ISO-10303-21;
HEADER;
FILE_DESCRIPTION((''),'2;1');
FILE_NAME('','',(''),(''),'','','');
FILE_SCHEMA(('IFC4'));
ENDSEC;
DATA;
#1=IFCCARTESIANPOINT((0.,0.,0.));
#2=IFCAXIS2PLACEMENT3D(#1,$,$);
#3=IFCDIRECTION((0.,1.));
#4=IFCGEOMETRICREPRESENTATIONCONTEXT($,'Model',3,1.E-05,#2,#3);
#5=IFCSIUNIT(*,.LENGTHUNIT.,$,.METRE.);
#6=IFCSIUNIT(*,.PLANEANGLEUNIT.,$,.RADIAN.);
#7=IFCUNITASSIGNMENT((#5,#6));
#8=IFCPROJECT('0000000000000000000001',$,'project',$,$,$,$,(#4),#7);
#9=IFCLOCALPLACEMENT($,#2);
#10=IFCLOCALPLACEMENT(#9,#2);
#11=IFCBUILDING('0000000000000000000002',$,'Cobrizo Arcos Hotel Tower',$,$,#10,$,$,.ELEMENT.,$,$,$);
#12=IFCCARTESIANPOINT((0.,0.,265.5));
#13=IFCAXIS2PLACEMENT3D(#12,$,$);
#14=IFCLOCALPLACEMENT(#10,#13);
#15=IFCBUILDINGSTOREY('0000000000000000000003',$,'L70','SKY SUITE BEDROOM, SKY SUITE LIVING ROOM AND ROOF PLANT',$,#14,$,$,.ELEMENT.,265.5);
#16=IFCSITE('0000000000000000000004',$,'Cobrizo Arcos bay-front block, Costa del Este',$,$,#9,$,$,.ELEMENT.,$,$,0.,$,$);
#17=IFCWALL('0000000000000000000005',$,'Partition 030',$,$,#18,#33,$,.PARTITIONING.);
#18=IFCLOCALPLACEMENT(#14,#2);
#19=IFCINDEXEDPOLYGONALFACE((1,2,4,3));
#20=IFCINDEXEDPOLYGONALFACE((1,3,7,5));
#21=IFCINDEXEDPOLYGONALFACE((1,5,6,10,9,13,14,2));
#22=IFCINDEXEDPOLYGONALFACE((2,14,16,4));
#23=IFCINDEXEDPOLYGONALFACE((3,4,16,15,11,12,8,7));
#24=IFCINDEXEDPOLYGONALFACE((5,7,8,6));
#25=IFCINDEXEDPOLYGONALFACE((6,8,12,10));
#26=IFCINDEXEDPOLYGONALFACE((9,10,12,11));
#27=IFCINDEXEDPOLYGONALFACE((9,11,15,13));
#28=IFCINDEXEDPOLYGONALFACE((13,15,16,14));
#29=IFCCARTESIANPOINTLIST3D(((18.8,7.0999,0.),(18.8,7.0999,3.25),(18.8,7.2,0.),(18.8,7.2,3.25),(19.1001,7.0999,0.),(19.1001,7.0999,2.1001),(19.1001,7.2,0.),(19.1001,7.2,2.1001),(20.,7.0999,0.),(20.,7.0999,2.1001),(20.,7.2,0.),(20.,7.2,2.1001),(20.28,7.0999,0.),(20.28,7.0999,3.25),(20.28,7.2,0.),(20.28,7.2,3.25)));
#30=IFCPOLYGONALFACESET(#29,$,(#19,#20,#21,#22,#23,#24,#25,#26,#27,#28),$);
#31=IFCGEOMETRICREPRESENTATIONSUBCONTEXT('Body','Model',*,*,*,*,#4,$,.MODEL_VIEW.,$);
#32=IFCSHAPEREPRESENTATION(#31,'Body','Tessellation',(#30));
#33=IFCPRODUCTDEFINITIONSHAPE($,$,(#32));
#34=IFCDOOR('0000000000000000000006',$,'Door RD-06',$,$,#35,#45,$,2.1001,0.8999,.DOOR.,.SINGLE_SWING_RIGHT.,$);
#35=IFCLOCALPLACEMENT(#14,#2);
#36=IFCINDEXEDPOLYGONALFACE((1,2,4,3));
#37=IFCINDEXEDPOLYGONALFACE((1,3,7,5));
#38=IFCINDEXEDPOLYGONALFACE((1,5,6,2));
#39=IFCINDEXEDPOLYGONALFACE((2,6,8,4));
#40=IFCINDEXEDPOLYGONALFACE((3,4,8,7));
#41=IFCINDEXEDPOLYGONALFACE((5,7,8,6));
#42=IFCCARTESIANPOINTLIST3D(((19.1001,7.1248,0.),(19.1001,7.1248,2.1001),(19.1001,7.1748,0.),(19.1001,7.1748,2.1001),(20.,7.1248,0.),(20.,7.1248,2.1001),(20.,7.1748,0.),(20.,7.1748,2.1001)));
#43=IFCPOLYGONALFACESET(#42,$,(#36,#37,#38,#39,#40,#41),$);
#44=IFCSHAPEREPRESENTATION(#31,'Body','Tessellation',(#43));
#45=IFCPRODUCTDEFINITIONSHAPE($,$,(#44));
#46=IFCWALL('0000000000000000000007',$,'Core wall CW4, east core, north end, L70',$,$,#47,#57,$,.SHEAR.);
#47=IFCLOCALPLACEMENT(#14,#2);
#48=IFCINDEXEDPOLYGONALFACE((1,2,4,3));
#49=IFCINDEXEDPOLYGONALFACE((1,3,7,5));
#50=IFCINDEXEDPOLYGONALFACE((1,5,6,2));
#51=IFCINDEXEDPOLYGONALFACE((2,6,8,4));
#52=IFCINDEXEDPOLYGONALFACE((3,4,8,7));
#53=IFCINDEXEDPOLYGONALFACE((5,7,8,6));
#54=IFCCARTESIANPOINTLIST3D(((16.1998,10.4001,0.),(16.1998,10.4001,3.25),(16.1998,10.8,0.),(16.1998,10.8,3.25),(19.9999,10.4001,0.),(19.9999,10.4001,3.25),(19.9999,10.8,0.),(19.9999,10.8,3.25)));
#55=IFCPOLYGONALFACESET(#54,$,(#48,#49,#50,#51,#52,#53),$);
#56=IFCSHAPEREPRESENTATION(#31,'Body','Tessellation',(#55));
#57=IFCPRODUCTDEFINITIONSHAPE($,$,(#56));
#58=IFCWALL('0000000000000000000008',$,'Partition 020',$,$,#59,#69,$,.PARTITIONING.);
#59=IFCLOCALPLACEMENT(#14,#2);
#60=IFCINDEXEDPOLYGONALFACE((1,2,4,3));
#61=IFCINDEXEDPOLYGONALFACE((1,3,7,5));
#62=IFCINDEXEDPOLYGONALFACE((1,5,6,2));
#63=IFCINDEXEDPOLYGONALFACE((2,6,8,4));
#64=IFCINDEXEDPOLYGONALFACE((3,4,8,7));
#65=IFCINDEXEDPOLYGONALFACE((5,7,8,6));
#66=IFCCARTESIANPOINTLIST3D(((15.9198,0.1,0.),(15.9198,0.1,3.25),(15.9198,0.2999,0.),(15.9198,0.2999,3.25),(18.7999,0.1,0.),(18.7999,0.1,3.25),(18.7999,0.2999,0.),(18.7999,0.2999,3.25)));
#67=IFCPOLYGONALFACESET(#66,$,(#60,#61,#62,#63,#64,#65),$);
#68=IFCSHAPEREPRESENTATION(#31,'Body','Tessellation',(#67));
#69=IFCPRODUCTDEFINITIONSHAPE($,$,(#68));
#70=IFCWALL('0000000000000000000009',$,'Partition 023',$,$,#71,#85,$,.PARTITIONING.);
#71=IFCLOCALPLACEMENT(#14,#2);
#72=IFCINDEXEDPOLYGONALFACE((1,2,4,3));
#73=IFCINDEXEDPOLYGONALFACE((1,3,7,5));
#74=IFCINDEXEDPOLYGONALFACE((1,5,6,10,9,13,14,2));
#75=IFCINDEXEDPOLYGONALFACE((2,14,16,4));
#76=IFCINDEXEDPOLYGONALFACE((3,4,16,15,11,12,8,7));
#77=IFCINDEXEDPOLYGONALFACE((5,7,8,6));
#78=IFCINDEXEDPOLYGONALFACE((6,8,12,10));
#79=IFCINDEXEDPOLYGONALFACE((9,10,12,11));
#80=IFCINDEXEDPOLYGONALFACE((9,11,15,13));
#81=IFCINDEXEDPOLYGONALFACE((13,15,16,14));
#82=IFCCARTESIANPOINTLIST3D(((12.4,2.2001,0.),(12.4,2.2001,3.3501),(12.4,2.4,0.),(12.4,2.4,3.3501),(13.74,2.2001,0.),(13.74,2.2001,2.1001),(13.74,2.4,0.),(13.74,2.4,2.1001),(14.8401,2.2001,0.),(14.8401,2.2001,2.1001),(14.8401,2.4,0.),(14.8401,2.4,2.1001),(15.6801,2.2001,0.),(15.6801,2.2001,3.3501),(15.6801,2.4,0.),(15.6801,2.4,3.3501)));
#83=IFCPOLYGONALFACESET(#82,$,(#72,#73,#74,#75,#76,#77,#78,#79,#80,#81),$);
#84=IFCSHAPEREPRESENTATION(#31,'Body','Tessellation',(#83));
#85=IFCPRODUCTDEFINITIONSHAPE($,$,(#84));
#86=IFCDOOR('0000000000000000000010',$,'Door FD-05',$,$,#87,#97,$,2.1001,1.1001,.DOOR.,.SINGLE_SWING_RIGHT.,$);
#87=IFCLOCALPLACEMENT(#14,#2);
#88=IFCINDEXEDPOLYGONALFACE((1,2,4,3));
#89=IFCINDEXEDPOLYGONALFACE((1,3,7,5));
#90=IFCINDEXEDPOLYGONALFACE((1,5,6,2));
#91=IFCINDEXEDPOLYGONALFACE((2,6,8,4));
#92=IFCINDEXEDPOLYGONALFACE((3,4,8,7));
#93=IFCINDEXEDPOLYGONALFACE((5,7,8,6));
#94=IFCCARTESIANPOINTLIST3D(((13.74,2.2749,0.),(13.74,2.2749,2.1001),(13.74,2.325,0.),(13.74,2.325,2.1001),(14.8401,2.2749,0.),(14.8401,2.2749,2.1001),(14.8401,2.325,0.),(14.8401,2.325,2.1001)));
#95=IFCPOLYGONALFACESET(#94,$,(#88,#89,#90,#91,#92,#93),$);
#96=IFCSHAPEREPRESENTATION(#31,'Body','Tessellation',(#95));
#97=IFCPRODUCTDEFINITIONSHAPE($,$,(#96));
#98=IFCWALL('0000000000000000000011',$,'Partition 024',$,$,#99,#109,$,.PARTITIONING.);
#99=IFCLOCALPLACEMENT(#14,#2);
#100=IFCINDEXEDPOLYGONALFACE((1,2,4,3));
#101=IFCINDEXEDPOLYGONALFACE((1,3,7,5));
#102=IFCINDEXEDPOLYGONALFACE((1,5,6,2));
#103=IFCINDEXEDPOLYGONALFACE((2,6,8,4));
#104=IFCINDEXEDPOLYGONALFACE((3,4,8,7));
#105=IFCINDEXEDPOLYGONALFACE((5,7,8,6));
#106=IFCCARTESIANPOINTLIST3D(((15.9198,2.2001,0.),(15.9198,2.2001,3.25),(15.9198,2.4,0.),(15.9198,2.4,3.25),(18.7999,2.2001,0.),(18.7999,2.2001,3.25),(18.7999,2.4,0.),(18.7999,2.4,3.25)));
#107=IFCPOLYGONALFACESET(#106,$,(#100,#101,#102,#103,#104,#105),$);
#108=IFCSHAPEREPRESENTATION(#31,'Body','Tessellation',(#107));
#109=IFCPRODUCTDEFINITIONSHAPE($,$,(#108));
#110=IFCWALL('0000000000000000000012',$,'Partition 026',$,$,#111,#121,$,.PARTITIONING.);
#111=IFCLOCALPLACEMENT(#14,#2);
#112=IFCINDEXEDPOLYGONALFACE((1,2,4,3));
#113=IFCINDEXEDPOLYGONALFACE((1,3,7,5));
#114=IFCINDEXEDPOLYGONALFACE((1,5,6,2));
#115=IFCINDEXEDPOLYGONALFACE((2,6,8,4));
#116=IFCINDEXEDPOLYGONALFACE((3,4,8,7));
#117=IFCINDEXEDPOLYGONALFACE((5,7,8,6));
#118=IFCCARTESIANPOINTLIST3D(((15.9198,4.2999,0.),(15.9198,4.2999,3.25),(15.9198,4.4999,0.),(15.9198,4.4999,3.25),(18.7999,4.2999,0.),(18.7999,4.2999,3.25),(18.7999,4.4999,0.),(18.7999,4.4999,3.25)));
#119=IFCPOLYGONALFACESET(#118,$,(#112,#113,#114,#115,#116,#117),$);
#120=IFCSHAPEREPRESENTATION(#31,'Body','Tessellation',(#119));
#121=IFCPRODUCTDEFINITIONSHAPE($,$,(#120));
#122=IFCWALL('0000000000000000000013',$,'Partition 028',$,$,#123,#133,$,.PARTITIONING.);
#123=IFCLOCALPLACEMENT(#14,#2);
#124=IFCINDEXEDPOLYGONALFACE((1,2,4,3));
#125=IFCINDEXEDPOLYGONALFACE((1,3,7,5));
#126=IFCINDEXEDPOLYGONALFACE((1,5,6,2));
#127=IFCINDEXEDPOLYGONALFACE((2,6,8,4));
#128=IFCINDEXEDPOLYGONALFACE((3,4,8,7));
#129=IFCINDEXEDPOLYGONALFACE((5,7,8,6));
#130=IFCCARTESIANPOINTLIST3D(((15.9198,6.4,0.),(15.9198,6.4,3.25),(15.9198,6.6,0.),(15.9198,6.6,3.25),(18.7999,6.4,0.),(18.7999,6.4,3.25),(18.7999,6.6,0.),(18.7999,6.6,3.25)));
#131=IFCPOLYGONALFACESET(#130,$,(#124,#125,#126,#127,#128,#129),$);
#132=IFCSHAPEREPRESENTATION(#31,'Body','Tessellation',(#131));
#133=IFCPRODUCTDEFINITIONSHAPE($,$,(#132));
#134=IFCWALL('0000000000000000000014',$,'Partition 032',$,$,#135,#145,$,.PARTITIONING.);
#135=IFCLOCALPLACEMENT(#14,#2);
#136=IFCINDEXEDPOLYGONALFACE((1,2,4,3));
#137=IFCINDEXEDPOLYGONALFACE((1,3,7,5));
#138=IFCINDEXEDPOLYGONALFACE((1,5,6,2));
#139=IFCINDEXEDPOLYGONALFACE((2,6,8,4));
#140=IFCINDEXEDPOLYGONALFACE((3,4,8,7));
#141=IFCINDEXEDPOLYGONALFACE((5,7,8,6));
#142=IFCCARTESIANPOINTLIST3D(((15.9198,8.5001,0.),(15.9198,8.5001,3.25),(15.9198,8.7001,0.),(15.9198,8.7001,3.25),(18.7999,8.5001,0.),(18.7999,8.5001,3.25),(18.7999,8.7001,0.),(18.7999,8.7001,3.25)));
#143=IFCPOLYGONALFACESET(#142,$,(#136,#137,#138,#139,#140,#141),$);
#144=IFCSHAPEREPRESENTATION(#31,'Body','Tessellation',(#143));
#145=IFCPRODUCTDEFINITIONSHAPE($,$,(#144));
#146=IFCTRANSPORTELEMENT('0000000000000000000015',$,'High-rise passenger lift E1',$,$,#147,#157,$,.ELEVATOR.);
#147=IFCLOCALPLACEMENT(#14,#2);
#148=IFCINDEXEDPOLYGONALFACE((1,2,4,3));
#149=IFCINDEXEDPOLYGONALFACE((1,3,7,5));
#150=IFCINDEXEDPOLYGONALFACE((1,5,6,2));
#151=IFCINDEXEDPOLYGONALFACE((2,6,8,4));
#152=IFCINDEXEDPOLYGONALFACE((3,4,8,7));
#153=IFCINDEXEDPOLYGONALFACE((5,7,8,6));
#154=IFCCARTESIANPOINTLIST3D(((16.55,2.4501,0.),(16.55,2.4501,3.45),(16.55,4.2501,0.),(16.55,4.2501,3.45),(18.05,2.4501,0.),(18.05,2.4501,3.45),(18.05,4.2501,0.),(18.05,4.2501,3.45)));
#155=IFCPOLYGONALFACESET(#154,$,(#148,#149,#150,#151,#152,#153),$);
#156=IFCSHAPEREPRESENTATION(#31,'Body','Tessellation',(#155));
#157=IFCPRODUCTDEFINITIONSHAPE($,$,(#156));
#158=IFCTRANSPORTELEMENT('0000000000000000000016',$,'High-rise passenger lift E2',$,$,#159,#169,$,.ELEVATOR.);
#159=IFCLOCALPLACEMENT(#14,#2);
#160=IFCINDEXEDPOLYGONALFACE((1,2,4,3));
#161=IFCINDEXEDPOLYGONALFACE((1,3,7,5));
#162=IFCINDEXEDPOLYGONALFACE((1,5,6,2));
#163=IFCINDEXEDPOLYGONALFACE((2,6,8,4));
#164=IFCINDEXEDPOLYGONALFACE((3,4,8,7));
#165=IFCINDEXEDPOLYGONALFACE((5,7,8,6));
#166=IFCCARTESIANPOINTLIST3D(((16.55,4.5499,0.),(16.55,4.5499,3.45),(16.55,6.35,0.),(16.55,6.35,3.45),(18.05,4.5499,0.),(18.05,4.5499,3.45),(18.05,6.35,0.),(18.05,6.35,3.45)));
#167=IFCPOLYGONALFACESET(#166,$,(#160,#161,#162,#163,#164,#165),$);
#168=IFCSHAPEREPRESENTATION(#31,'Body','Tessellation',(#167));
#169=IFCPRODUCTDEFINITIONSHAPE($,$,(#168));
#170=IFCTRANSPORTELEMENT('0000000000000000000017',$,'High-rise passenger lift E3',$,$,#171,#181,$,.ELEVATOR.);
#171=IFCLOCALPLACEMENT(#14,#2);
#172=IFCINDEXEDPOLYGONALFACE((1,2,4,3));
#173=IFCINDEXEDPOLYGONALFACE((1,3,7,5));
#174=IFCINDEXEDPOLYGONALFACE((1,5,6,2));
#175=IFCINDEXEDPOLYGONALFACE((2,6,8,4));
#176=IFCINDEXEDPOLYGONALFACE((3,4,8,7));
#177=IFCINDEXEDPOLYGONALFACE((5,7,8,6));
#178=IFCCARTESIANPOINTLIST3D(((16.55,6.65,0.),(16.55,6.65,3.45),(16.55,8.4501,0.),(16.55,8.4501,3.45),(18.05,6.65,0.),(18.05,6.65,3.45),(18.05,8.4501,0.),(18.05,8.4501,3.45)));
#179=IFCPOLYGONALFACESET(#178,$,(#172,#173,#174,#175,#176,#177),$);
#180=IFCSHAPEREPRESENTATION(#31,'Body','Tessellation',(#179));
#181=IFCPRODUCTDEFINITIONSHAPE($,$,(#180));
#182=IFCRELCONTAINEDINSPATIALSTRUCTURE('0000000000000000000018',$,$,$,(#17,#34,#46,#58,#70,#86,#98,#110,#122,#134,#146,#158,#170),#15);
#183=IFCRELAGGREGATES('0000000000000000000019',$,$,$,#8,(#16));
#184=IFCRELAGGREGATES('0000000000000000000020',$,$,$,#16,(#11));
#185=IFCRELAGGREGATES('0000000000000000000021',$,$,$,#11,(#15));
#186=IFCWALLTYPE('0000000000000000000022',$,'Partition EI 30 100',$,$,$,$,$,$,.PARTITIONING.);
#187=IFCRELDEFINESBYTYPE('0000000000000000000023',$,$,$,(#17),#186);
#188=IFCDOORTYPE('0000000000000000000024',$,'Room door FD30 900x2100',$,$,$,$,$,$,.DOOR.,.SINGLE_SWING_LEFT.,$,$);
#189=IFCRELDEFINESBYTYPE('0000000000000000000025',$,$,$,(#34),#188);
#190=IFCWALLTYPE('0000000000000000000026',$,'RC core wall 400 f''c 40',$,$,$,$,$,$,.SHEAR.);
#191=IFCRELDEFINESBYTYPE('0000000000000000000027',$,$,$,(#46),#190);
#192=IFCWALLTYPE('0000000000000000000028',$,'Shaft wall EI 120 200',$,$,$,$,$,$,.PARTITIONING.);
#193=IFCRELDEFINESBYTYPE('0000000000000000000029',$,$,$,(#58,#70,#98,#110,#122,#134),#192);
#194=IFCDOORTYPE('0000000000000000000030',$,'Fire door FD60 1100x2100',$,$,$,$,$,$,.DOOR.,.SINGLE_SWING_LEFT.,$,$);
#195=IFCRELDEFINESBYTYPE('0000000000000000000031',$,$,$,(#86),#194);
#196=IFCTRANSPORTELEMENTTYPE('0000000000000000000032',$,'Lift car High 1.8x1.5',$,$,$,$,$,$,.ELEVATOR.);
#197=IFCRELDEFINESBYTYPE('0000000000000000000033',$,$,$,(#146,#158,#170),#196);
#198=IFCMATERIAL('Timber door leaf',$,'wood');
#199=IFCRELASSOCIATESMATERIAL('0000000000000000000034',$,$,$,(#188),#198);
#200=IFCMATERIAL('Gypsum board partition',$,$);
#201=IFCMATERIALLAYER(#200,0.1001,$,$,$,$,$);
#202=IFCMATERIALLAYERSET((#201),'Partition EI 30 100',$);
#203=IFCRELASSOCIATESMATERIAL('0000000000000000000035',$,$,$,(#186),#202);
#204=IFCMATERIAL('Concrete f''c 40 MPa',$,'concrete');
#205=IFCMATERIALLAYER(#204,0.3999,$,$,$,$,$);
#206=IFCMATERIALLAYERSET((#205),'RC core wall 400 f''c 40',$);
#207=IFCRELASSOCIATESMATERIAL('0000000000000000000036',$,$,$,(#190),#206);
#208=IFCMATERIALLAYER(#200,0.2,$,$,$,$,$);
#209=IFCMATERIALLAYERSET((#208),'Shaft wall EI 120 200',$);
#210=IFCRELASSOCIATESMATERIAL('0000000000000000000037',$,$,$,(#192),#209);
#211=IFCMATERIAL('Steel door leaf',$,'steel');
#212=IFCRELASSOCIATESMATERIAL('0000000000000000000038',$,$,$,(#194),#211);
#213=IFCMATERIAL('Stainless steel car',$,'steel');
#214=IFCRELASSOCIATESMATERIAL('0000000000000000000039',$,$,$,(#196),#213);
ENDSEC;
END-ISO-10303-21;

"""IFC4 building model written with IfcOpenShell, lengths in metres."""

from ifc_helpers import new_model, si_unit, direction, frame, frame_2d, origin, origin_2d, place, context, subcontext, project, spatial, rectangle, extrude, material, layer, layer_set, type_object, element, fill, save


model = new_model("IFC4")

# Units and contexts
model_context = context("Model", 3, precision=1e-05, world=origin(), true_north=direction((0.0, 1.0)))
body_context = subcontext(model_context, "Body", "Model", "MODEL_VIEW")
ifc_project = project(units=[si_unit("LENGTHUNIT", "METRE"), si_unit("PLANEANGLEUNIT", "RADIAN")], contexts=[model_context])

# Site, building, storey
site_placement = place(None, origin())
site = spatial("IfcSite", under=ifc_project, at=site_placement, Name="Cobrizo Arcos bay-front block, Costa del Este", CompositionType="ELEMENT", RefElevation=0.0)
building_placement = place(site_placement, origin())
building = spatial("IfcBuilding", under=site, at=building_placement, Name="Cobrizo Arcos Hotel Tower", CompositionType="ELEMENT")
storey_placement = place(building_placement, frame((0.0, 0.0, 265.5)))
storey = spatial("IfcBuildingStorey", under=building, at=storey_placement, Name="L70", Description="SKY SUITE BEDROOM, SKY SUITE LIVING ROOM AND ROOF PLANT", CompositionType="ELEMENT", Elevation=265.5)

# Shared definitions
ifc_material_1 = material(Name="Gypsum board partition")

# Wall, opening, door
ifc_material_2 = material(Name="Timber door leaf", Category="wood")
door_type_1 = type_object("IfcDoorType", Name="Room door FD30 900x2100", OperationType="SINGLE_SWING_LEFT", PredefinedType="DOOR", material=ifc_material_2)
ifc_layer_1 = layer(ifc_material_1, 0.1001)
ifc_layer_set_1 = layer_set([ifc_layer_1], Name="Partition EI 30 100")
wall_type_1 = type_object("IfcWallType", Name="Partition EI 30 100", PredefinedType="PARTITIONING", material=ifc_layer_set_1)
wall_1_placement = place(storey_placement, frame((18.8, 7.1499, 0.0), z_axis=(0.0, 0.0, 1.0), x_axis=(1.0, 0.0, 0.0)))
wall_1 = element("IfcWall", 1, at=wall_1_placement, inside=storey, type_object=wall_type_1, Name="Partition 030", PredefinedType="PARTITIONING", context=body_context, shape_type="SweptSolid", body=[
    extrude(rectangle(XDim=1.48, YDim=0.1001, at=frame_2d((0.74, 0.0))), origin(), (0.0, 0.0, 1.0), 3.25),
])
opening_1_placement = place(wall_1_placement, frame((0.3, 0.0, 0.0)))
opening_1 = element("IfcOpeningElement", 2, at=opening_1_placement, cuts=wall_1, PredefinedType="OPENING", context=body_context, shape_type="SweptSolid", body=[
    extrude(rectangle(XDim=0.8999, YDim=2.1001, at=frame_2d((0.45, 1.05))), frame((0.0, 0.062, 0.0), z_axis=(0.0, -1.0, 0.0), x_axis=(1.0, 0.0, 0.0)), (0.0, 0.0, 1.0), 0.124),
])
door_1_placement = place(opening_1_placement, origin())
door_1 = element("IfcDoor", 3, at=door_1_placement, inside=storey, type_object=door_type_1, Name="Door RD-06", OperationType="SINGLE_SWING_RIGHT", OverallHeight=2.1001, OverallWidth=0.8999, PredefinedType="DOOR", context=body_context, shape_type="SweptSolid", body=[
    extrude(rectangle(XDim=0.8999, YDim=2.1001, at=frame_2d((0.45, 1.05))), frame((0.0, 0.0249, 0.0), z_axis=(0.0, -1.0, 0.0), x_axis=(1.0, 0.0, 0.0)), (0.0, 0.0, 1.0), 0.05),
])
fill(opening_1, door_1)

# Walls
ifc_material_3 = material(Name="Concrete f'c 40 MPa", Category="concrete")
ifc_layer_2 = layer(ifc_material_3, 0.3999)
ifc_layer_set_2 = layer_set([ifc_layer_2], Name="RC core wall 400 f'c 40")
wall_type_2 = type_object("IfcWallType", Name="RC core wall 400 f'c 40", PredefinedType="SHEAR", material=ifc_layer_set_2)
wall_2_placement = place(storey_placement, frame((16.2, 10.6001, 0.0), z_axis=(0.0, 0.0, 1.0), x_axis=(1.0, 0.0, 0.0)))
element("IfcWall", 4, at=wall_2_placement, inside=storey, type_object=wall_type_2, Name="Core wall CW4, east core, north end, L70", PredefinedType="SHEAR", context=body_context, shape_type="SweptSolid", body=[
    extrude(rectangle(XDim=3.8, YDim=0.3999, at=frame_2d((1.8999, 0.0))), origin(), (0.0, 0.0, 1.0), 3.25),
])
ifc_layer_3 = layer(ifc_material_1, 0.2)
ifc_layer_set_3 = layer_set([ifc_layer_3], Name="Shaft wall EI 120 200")
wall_type_3 = type_object("IfcWallType", Name="Shaft wall EI 120 200", PredefinedType="PARTITIONING", material=ifc_layer_set_3)
wall_3_placement = place(storey_placement, frame((15.9199, 0.2, 0.0), z_axis=(0.0, 0.0, 1.0), x_axis=(1.0, 0.0, 0.0)))
element("IfcWall", 5, at=wall_3_placement, inside=storey, type_object=wall_type_3, Name="Partition 020", PredefinedType="PARTITIONING", context=body_context, shape_type="SweptSolid", body=[
    extrude(rectangle(XDim=2.8801, YDim=0.2, at=frame_2d((1.4399, 0.0))), origin(), (0.0, 0.0, 1.0), 3.25),
])

# Wall, opening, door
wall_4_placement = place(storey_placement, frame((12.3999, 2.3, 0.0), z_axis=(0.0, 0.0, 1.0), x_axis=(1.0, 0.0, 0.0)))
wall_4 = element("IfcWall", 6, at=wall_4_placement, inside=storey, type_object=wall_type_3, Name="Partition 023", PredefinedType="PARTITIONING", context=body_context, shape_type="SweptSolid", body=[
    extrude(rectangle(XDim=3.28, YDim=0.2, at=frame_2d((1.6401, 0.0))), origin(), (0.0, 0.0, 1.0), 3.3501),
])
opening_2_placement = place(wall_4_placement, frame((1.3401, 0.0, 0.0)))
opening_2 = element("IfcOpeningElement", 7, at=opening_2_placement, cuts=wall_4, PredefinedType="OPENING", context=body_context, shape_type="SweptSolid", body=[
    extrude(rectangle(XDim=1.1001, YDim=2.1001, at=frame_2d((0.55, 1.05))), frame((0.0, 0.1121, 0.0), z_axis=(0.0, -1.0, 0.0), x_axis=(1.0, 0.0, 0.0)), (0.0, 0.0, 1.0), 0.2239),
])
ifc_material_4 = material(Name="Steel door leaf", Category="steel")
door_type_2 = type_object("IfcDoorType", Name="Fire door FD60 1100x2100", OperationType="SINGLE_SWING_LEFT", PredefinedType="DOOR", material=ifc_material_4)
door_2_placement = place(opening_2_placement, origin())
door_2 = element("IfcDoor", 8, at=door_2_placement, inside=storey, type_object=door_type_2, Name="Door FD-05", OperationType="SINGLE_SWING_RIGHT", OverallHeight=2.1001, OverallWidth=1.1001, PredefinedType="DOOR", context=body_context, shape_type="SweptSolid", body=[
    extrude(rectangle(XDim=1.1001, YDim=2.1001, at=frame_2d((0.55, 1.05))), frame((0.0, 0.0249, 0.0), z_axis=(0.0, -1.0, 0.0), x_axis=(1.0, 0.0, 0.0)), (0.0, 0.0, 1.0), 0.05),
])
fill(opening_2, door_2)

# Walls
for number, where, z_axis, x_axis, name in (
    (9, (15.9199, 2.3, 0.0), (0.0, 0.0, 1.0), (1.0, 0.0, 0.0), "Partition 024"),
    (10, (15.9199, 4.3999, 0.0), (0.0, 0.0, 1.0), (1.0, 0.0, 0.0), "Partition 026"),
    (11, (15.9199, 6.5, 0.0), (0.0, 0.0, 1.0), (1.0, 0.0, 0.0), "Partition 028"),
    (12, (15.9199, 8.6001, 0.0), (0.0, 0.0, 1.0), (1.0, 0.0, 0.0), "Partition 032"),
):
    element("IfcWall", number, at=place(storey_placement, frame(where, z_axis=z_axis, x_axis=x_axis)), inside=storey, type_object=wall_type_3, Name=name, PredefinedType="PARTITIONING", context=body_context, shape_type="SweptSolid", body=[
        extrude(rectangle(XDim=2.8801, YDim=0.2, at=frame_2d((1.4399, 0.0))), origin(), (0.0, 0.0, 1.0), 3.25),
    ])

# Transport elements
ifc_material_5 = material(Name="Stainless steel car", Category="steel")
transport_element_type = type_object("IfcTransportElementType", Name="Lift car High 1.8x1.5", PredefinedType="ELEVATOR", material=ifc_material_5)
for number, where, z_axis, x_axis, name in (
    (13, (17.3, 3.3501, 0.0), (0.0, 0.0, 1.0), (1.0, 0.0, 0.0), "High-rise passenger lift E1"),
    (14, (17.3, 5.45, 0.0), (0.0, 0.0, 1.0), (1.0, 0.0, 0.0), "High-rise passenger lift E2"),
    (15, (17.3, 7.55, 0.0), (0.0, 0.0, 1.0), (1.0, 0.0, 0.0), "High-rise passenger lift E3"),
):
    element("IfcTransportElement", number, at=place(storey_placement, frame(where, z_axis=z_axis, x_axis=x_axis)), inside=storey, type_object=transport_element_type, Name=name, PredefinedType="ELEVATOR", context=body_context, shape_type="SweptSolid", body=[
        extrude(rectangle(XDim=1.5, YDim=1.8, at=origin_2d()), origin(), (0.0, 0.0, 1.0), 3.45),
    ])

save(model, "model.ifc")
